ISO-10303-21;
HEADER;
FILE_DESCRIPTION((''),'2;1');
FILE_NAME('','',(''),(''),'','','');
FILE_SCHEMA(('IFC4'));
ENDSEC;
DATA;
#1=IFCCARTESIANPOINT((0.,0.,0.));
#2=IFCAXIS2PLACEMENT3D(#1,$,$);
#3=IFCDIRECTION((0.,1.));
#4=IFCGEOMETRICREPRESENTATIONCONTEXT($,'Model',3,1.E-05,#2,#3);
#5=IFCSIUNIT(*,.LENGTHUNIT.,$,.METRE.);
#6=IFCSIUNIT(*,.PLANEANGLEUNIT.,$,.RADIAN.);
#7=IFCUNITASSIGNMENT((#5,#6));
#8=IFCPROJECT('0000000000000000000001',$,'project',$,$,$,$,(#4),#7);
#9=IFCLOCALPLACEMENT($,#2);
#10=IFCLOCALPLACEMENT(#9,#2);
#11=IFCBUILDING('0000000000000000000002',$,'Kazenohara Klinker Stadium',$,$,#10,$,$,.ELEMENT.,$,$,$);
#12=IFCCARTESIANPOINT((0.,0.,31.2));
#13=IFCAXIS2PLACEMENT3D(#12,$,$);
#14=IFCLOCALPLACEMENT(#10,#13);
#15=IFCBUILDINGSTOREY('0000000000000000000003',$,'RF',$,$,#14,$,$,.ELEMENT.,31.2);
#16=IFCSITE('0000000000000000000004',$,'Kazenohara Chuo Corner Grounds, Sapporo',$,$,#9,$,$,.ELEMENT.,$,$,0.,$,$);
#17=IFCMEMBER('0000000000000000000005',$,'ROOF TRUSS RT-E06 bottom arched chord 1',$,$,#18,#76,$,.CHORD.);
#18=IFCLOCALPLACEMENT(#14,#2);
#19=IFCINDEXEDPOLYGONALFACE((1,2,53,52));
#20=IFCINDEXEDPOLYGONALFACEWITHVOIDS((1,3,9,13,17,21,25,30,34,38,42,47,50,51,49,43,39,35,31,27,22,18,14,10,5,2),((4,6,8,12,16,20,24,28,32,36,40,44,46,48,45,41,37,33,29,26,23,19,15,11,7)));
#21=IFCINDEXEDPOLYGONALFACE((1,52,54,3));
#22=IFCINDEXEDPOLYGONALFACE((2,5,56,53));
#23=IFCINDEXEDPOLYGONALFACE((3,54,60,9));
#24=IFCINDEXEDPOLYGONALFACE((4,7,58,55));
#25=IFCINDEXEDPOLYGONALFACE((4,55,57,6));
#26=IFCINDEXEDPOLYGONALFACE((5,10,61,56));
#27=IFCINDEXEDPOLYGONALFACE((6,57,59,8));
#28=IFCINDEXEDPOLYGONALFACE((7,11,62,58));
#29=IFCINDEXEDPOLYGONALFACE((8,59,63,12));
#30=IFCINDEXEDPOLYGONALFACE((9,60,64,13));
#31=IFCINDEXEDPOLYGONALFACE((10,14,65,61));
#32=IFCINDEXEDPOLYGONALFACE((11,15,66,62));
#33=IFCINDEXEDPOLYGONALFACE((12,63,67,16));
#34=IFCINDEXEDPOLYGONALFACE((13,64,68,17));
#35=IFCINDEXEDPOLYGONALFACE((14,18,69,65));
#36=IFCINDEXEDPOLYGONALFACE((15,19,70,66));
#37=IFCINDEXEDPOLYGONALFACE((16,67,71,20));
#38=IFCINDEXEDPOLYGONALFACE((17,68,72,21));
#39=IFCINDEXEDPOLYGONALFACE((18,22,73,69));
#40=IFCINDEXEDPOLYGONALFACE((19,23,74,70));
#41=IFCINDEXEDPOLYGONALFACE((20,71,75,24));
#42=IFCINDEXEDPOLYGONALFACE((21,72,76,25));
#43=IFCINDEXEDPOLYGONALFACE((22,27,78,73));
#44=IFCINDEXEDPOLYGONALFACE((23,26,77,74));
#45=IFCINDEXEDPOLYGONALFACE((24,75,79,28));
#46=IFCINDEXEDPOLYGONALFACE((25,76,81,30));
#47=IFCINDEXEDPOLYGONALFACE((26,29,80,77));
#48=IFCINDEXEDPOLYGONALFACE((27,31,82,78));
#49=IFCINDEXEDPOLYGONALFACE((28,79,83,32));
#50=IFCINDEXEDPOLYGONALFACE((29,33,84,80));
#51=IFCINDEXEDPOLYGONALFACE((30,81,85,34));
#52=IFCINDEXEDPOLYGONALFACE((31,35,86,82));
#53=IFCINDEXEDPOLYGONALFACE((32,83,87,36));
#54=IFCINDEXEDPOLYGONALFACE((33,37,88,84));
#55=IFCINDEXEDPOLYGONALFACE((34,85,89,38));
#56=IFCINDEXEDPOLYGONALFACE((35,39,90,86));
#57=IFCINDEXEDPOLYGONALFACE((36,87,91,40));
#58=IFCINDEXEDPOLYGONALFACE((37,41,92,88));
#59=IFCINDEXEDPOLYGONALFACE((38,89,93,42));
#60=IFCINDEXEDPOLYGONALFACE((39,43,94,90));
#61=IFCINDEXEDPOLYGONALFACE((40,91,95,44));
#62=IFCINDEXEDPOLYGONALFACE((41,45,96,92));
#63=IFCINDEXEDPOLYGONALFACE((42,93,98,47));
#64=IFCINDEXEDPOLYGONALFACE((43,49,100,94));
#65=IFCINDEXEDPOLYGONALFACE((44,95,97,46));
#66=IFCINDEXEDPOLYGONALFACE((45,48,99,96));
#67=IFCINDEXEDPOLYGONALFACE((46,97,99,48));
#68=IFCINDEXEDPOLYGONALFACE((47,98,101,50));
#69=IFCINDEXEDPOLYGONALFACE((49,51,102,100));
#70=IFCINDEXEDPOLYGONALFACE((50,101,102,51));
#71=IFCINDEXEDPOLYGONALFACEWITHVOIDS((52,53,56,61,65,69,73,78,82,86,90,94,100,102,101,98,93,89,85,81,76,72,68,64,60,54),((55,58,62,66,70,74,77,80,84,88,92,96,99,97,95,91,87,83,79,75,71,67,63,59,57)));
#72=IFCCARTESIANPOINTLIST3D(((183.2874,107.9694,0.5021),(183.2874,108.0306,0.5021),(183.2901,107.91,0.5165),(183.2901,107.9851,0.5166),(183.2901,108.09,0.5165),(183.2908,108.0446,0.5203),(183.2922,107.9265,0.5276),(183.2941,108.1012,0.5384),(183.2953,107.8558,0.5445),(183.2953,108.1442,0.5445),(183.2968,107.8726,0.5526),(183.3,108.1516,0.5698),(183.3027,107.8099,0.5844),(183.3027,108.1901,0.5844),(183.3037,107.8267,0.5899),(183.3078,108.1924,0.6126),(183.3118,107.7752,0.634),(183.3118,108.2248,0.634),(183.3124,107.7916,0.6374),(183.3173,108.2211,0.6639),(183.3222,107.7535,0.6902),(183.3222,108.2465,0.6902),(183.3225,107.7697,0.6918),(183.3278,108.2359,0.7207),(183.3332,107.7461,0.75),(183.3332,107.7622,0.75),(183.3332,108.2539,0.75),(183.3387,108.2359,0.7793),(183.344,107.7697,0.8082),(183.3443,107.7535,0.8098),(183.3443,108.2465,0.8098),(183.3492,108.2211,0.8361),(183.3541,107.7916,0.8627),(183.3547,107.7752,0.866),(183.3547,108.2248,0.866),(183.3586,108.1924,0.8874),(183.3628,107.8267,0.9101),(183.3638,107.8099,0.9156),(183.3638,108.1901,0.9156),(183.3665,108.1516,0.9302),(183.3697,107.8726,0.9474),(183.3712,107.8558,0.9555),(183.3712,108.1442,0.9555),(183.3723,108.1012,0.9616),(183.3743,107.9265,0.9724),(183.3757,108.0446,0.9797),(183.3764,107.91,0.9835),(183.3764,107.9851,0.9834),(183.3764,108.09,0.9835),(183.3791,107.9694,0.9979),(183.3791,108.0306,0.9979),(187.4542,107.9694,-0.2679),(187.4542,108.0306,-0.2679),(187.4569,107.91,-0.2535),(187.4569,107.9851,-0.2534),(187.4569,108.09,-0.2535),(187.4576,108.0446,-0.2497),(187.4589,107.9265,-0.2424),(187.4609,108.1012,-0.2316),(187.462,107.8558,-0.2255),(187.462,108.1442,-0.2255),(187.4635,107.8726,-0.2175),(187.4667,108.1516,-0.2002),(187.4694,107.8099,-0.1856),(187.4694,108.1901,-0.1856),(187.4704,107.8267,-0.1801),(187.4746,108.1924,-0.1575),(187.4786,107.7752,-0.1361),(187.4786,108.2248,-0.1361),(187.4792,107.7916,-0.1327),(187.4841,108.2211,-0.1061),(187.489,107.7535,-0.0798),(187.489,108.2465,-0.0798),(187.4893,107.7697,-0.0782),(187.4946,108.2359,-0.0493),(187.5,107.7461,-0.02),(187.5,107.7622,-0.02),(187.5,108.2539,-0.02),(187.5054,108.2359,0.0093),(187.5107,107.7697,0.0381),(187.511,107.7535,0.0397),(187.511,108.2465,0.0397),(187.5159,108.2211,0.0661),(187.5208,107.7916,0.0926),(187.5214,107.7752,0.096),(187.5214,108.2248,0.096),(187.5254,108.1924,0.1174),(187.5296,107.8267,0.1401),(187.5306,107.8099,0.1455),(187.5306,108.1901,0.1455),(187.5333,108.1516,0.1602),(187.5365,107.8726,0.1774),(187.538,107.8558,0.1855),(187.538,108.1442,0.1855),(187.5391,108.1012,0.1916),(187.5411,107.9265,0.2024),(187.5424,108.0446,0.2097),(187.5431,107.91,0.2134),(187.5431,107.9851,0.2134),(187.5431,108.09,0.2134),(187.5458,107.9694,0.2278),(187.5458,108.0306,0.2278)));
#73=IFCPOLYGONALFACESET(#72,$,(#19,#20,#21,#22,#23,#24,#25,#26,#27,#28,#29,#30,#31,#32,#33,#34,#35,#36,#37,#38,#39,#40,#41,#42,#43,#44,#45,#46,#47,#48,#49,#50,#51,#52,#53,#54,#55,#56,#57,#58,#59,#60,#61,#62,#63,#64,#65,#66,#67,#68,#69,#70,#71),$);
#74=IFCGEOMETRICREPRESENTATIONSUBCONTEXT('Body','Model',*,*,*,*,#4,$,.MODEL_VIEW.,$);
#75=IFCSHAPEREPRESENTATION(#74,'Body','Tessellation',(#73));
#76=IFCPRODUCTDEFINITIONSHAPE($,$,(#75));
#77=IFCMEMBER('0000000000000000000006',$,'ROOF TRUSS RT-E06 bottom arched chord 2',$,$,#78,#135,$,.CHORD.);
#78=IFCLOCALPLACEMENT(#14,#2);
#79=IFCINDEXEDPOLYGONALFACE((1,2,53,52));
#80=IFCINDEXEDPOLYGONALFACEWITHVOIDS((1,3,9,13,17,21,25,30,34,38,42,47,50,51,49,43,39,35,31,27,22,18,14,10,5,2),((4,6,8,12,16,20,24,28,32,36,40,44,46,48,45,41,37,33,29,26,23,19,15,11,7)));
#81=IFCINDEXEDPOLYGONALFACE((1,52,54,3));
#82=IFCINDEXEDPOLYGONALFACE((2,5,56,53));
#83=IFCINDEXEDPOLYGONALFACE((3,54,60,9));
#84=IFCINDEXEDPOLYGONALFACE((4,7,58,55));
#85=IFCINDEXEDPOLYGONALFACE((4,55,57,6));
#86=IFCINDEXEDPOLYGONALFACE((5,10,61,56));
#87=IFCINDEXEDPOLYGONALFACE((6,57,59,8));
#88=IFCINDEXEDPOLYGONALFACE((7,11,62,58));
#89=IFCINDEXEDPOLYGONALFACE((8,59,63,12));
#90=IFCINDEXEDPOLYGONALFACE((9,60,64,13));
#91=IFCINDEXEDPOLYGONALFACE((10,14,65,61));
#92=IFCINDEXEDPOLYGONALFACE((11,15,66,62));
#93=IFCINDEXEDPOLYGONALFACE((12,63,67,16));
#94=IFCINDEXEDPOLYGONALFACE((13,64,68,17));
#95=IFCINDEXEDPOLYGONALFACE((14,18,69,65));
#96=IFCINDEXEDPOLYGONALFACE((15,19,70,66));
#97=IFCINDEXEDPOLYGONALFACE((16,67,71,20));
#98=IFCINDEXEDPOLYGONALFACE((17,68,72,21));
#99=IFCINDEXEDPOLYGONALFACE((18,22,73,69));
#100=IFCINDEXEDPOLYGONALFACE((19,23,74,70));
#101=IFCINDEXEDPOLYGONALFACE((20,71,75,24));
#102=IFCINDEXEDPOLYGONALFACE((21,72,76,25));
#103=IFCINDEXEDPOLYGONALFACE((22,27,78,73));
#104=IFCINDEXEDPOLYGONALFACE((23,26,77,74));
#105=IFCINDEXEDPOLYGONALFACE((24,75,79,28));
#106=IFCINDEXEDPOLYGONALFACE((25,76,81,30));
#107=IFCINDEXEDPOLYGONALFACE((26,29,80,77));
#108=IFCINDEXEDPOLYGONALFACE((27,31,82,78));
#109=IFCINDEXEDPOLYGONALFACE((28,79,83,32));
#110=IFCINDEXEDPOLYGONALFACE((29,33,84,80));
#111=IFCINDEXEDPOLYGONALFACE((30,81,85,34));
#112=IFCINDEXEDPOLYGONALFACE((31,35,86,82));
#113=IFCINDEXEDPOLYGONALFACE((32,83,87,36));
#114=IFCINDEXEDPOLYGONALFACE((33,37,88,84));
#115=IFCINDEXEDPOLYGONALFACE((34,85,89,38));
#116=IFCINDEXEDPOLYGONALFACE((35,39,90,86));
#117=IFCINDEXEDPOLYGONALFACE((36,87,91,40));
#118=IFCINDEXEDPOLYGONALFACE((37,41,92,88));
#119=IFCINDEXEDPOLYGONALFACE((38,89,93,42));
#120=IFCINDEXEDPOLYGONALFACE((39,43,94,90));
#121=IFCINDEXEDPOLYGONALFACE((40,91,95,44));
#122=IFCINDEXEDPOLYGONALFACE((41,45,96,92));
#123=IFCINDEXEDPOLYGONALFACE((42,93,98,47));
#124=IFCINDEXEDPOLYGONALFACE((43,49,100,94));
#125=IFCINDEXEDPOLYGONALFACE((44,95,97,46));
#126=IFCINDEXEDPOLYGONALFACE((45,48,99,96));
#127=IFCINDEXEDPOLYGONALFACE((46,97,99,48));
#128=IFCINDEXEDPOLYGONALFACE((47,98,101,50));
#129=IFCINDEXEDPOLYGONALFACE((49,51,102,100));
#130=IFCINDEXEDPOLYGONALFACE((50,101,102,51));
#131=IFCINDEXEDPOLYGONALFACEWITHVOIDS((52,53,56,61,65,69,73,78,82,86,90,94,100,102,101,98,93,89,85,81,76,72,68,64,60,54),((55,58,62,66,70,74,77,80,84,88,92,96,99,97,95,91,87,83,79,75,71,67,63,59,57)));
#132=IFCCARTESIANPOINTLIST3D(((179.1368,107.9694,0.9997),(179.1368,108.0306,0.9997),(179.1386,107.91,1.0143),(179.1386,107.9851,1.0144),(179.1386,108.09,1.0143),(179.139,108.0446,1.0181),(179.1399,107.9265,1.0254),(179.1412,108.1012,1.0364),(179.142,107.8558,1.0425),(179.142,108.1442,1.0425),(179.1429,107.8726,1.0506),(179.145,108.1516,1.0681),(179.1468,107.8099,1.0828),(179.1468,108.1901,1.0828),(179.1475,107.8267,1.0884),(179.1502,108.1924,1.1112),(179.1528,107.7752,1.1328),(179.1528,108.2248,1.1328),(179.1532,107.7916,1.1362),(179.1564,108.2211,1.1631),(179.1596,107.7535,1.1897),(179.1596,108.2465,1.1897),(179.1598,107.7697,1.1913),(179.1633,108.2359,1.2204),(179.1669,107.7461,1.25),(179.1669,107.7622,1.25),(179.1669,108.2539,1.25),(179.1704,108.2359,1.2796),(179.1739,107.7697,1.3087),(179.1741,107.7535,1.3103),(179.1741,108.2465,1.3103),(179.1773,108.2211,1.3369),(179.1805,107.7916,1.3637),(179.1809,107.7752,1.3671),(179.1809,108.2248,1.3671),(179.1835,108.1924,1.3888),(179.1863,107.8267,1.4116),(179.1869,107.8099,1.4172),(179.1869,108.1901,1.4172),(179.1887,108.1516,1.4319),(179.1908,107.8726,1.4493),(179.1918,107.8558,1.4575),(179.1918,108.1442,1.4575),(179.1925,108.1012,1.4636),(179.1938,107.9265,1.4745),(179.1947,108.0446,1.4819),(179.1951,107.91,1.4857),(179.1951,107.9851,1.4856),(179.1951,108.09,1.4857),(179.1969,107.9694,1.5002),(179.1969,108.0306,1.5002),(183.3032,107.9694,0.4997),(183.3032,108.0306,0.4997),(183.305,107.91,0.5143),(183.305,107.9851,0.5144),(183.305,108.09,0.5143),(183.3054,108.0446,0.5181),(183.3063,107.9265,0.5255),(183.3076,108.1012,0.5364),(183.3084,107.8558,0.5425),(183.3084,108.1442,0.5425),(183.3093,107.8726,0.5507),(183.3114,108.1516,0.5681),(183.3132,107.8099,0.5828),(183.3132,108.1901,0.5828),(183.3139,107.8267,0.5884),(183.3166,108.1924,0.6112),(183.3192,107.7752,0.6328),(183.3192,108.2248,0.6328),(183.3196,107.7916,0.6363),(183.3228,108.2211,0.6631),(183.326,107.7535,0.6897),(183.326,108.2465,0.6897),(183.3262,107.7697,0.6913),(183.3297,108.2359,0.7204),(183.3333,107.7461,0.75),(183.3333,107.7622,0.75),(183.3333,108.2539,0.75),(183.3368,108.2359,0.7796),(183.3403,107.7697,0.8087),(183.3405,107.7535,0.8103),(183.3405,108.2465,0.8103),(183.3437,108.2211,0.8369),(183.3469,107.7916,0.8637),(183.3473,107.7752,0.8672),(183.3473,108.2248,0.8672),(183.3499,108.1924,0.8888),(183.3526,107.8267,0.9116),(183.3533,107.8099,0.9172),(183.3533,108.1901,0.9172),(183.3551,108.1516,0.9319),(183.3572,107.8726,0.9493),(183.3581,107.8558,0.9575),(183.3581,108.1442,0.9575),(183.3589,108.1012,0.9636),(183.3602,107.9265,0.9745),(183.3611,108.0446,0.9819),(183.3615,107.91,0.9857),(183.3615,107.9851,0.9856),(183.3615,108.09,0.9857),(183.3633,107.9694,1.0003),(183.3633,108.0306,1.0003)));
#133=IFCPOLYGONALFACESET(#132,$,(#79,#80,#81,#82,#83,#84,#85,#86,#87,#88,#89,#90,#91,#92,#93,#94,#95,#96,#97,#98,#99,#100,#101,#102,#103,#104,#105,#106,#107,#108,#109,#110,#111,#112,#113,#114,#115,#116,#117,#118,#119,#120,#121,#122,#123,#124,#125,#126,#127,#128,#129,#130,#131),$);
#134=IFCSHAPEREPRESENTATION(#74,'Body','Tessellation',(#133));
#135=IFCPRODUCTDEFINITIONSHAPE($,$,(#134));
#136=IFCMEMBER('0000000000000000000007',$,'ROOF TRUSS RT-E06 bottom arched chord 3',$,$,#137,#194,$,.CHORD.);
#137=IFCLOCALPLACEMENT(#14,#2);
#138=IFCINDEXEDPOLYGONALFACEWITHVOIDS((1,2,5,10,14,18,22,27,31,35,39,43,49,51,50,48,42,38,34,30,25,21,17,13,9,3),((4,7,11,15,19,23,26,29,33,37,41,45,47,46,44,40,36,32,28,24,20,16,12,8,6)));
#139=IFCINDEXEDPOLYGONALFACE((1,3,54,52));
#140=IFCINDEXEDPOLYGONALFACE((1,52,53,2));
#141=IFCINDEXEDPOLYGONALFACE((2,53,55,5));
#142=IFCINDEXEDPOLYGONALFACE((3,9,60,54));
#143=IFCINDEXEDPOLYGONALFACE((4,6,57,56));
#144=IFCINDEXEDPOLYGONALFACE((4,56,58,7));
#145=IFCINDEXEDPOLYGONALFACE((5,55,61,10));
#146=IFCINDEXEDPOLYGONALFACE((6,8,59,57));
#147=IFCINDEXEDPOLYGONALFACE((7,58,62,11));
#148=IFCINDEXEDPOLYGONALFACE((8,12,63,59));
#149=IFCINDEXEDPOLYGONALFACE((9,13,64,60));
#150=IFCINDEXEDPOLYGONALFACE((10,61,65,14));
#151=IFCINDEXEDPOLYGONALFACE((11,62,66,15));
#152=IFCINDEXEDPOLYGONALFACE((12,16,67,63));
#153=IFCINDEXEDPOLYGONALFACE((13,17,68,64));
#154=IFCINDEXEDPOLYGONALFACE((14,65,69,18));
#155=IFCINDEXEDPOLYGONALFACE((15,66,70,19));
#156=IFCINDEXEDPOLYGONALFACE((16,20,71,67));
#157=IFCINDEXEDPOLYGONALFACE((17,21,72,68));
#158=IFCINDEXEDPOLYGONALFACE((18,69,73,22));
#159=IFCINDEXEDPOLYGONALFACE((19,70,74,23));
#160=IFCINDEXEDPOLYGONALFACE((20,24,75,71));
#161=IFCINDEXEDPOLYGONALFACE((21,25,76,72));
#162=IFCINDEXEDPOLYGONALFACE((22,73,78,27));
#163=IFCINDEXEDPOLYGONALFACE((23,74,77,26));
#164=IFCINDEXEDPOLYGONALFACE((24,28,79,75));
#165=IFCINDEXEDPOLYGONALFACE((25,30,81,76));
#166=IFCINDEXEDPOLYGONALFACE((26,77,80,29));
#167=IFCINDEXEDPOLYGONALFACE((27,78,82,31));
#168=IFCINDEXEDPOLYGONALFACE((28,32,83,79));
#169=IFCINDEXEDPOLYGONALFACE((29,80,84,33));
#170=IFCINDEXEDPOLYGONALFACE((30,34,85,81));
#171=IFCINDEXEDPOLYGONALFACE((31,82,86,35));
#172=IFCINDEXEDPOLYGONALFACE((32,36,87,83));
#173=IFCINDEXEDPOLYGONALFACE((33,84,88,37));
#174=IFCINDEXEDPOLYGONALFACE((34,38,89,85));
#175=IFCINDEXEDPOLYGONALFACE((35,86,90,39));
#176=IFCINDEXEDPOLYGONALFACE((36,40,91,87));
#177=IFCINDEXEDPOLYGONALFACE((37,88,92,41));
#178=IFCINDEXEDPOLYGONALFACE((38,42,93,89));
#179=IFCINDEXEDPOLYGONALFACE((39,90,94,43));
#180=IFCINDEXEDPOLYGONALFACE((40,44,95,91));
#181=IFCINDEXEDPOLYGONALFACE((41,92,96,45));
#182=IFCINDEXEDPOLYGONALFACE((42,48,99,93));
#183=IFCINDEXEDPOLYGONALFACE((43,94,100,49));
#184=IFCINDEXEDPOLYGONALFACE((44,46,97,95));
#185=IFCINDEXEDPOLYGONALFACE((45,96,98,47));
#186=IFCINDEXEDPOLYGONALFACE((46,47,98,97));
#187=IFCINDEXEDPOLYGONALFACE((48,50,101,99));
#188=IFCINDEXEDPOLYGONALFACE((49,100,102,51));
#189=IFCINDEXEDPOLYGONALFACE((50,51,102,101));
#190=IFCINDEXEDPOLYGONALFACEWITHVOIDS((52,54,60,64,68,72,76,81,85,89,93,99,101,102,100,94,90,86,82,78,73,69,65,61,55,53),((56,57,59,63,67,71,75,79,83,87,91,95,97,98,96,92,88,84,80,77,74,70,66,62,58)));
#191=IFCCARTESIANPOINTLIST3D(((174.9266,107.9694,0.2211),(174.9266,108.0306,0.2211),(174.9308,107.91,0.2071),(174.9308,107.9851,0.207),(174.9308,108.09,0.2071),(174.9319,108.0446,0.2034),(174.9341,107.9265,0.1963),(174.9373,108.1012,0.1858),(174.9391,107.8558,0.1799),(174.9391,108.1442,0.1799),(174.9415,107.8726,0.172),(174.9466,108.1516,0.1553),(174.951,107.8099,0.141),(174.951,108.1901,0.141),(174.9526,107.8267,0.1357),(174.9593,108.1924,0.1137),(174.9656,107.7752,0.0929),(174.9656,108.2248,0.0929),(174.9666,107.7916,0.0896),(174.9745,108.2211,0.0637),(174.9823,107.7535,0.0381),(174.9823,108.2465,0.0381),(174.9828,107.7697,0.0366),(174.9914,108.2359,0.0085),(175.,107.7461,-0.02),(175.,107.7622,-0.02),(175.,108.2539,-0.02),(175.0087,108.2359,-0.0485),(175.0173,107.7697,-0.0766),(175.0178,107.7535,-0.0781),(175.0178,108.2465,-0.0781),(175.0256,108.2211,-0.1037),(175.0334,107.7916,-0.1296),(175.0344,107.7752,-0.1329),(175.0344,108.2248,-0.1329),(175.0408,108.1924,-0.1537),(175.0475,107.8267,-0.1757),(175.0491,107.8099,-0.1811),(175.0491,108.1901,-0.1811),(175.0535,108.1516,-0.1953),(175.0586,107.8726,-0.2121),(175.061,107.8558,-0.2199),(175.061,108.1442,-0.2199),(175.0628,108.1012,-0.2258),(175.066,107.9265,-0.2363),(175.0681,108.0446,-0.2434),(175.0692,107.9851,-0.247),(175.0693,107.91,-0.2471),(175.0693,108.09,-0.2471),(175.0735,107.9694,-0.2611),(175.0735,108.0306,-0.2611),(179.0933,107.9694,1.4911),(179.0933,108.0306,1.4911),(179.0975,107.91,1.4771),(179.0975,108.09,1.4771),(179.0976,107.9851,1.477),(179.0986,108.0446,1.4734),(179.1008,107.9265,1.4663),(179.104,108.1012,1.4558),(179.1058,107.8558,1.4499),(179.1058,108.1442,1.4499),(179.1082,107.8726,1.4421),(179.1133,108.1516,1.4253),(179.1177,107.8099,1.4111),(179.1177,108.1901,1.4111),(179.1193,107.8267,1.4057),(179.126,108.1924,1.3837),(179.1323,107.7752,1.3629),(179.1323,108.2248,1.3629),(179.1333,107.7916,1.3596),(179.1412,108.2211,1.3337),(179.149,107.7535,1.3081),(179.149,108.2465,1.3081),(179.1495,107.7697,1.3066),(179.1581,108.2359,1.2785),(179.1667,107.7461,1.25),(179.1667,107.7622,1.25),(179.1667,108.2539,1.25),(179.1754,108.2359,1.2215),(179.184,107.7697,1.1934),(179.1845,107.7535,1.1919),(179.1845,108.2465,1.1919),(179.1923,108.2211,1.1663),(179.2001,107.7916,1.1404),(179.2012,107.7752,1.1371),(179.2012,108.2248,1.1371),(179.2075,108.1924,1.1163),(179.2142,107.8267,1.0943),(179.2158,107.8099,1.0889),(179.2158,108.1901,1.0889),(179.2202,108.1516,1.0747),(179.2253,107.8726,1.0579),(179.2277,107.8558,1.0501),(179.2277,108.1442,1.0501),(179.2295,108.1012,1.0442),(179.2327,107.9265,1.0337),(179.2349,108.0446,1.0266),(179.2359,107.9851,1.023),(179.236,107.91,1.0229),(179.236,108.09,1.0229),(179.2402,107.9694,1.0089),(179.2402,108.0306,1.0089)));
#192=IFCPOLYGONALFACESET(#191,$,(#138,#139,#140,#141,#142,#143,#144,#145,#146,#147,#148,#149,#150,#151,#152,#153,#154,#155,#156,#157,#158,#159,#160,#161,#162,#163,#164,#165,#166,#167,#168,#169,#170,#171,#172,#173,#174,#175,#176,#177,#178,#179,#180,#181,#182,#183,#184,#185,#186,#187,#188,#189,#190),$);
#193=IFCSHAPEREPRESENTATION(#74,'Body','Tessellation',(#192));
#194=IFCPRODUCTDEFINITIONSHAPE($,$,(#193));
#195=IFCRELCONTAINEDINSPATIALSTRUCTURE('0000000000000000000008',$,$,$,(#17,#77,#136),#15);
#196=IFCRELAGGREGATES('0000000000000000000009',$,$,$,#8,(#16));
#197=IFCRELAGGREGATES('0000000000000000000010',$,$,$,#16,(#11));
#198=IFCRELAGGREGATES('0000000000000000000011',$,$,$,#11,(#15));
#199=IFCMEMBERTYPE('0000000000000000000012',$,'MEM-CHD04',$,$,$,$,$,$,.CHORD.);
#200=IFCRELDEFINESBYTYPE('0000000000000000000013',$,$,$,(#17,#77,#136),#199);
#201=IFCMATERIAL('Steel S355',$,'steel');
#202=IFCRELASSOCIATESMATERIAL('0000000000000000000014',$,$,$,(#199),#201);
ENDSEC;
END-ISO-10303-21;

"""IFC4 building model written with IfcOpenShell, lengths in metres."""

from ifc_helpers import new_model, si_unit, direction, frame, origin, origin_2d, place, context, subcontext, project, spatial, hollow_circle, extrude, material, material_profile, profile_set, type_object, element, save


model = new_model("IFC4")

# Units and contexts
model_context = context("Model", 3, precision=1e-05, world=origin(), true_north=direction((0.0, 1.0)))
body_context = subcontext(model_context, "Body", "Model", "MODEL_VIEW")
ifc_project = project(units=[si_unit("LENGTHUNIT", "METRE"), si_unit("PLANEANGLEUNIT", "RADIAN")], contexts=[model_context])

# Site, building, storey
site_placement = place(None, origin())
site = spatial("IfcSite", under=ifc_project, at=site_placement, Name="Kazenohara Chuo Corner Grounds, Sapporo", CompositionType="ELEMENT", RefElevation=0.0)
building_placement = place(site_placement, origin())
building = spatial("IfcBuilding", under=site, at=building_placement, Name="Kazenohara Klinker Stadium", CompositionType="ELEMENT")
storey_placement = place(building_placement, frame((0.0, 0.0, 31.2)))
storey = spatial("IfcBuildingStorey", under=building, at=storey_placement, Name="RF", CompositionType="ELEMENT", Elevation=31.2)

# Members
ifc_material_1 = material(Name="Steel S355", Category="steel")
ifc_material_profile_1 = material_profile(ifc_material_1, hollow_circle(Radius=0.2539, WallThickness=0.0161, at=origin_2d()), Name="CHS-508.0x16")
ifc_profile_set_1 = profile_set([ifc_material_profile_1], Name="Steel S355")
member_type_1 = type_object("IfcMemberType", Name="MEM-CHD04", PredefinedType="CHORD", material=ifc_profile_set_1)
member_1_placement = place(storey_placement, frame((187.5, 108.0, -0.02), z_axis=(-0.98335, 0.0, 0.181724), x_axis=(0.0, -1.0, 0.0)))
element("IfcMember", 1, at=member_1_placement, inside=storey, type_object=member_type_1, Name="ROOF TRUSS RT-E06 bottom arched chord 1", PredefinedType="CHORD", context=body_context, shape_type="SweptSolid", body=[
    extrude(hollow_circle(Radius=0.2539, WallThickness=0.0161, at=origin_2d()), origin(), (0.0, 0.0, 1.0), 4.2373),
])
member_2_placement = place(storey_placement, frame((183.3333, 108.0, 0.75), z_axis=(-0.992876, 0.0, 0.11915), x_axis=(0.0, -1.0, 0.0)))
element("IfcMember", 2, at=member_2_placement, inside=storey, type_object=member_type_1, Name="ROOF TRUSS RT-E06 bottom arched chord 2", PredefinedType="CHORD", context=body_context, shape_type="SweptSolid", body=[
    extrude(hollow_circle(Radius=0.2539, WallThickness=0.0161, at=origin_2d()), origin(), (0.0, 0.0, 1.0), 4.1963),
])
member_3_placement = place(storey_placement, frame((179.1667, 108.0, 1.25), z_axis=(-0.956554, 0.0, -0.291556), x_axis=(0.0, -1.0, 0.0)))
element("IfcMember", 3, at=member_3_placement, inside=storey, type_object=member_type_1, Name="ROOF TRUSS RT-E06 bottom arched chord 3", PredefinedType="CHORD", context=body_context, shape_type="SweptSolid", body=[
    extrude(hollow_circle(Radius=0.2539, WallThickness=0.0161, at=origin_2d()), origin(), (0.0, 0.0, 1.0), 4.356),
])

save(model, "model.ifc")
